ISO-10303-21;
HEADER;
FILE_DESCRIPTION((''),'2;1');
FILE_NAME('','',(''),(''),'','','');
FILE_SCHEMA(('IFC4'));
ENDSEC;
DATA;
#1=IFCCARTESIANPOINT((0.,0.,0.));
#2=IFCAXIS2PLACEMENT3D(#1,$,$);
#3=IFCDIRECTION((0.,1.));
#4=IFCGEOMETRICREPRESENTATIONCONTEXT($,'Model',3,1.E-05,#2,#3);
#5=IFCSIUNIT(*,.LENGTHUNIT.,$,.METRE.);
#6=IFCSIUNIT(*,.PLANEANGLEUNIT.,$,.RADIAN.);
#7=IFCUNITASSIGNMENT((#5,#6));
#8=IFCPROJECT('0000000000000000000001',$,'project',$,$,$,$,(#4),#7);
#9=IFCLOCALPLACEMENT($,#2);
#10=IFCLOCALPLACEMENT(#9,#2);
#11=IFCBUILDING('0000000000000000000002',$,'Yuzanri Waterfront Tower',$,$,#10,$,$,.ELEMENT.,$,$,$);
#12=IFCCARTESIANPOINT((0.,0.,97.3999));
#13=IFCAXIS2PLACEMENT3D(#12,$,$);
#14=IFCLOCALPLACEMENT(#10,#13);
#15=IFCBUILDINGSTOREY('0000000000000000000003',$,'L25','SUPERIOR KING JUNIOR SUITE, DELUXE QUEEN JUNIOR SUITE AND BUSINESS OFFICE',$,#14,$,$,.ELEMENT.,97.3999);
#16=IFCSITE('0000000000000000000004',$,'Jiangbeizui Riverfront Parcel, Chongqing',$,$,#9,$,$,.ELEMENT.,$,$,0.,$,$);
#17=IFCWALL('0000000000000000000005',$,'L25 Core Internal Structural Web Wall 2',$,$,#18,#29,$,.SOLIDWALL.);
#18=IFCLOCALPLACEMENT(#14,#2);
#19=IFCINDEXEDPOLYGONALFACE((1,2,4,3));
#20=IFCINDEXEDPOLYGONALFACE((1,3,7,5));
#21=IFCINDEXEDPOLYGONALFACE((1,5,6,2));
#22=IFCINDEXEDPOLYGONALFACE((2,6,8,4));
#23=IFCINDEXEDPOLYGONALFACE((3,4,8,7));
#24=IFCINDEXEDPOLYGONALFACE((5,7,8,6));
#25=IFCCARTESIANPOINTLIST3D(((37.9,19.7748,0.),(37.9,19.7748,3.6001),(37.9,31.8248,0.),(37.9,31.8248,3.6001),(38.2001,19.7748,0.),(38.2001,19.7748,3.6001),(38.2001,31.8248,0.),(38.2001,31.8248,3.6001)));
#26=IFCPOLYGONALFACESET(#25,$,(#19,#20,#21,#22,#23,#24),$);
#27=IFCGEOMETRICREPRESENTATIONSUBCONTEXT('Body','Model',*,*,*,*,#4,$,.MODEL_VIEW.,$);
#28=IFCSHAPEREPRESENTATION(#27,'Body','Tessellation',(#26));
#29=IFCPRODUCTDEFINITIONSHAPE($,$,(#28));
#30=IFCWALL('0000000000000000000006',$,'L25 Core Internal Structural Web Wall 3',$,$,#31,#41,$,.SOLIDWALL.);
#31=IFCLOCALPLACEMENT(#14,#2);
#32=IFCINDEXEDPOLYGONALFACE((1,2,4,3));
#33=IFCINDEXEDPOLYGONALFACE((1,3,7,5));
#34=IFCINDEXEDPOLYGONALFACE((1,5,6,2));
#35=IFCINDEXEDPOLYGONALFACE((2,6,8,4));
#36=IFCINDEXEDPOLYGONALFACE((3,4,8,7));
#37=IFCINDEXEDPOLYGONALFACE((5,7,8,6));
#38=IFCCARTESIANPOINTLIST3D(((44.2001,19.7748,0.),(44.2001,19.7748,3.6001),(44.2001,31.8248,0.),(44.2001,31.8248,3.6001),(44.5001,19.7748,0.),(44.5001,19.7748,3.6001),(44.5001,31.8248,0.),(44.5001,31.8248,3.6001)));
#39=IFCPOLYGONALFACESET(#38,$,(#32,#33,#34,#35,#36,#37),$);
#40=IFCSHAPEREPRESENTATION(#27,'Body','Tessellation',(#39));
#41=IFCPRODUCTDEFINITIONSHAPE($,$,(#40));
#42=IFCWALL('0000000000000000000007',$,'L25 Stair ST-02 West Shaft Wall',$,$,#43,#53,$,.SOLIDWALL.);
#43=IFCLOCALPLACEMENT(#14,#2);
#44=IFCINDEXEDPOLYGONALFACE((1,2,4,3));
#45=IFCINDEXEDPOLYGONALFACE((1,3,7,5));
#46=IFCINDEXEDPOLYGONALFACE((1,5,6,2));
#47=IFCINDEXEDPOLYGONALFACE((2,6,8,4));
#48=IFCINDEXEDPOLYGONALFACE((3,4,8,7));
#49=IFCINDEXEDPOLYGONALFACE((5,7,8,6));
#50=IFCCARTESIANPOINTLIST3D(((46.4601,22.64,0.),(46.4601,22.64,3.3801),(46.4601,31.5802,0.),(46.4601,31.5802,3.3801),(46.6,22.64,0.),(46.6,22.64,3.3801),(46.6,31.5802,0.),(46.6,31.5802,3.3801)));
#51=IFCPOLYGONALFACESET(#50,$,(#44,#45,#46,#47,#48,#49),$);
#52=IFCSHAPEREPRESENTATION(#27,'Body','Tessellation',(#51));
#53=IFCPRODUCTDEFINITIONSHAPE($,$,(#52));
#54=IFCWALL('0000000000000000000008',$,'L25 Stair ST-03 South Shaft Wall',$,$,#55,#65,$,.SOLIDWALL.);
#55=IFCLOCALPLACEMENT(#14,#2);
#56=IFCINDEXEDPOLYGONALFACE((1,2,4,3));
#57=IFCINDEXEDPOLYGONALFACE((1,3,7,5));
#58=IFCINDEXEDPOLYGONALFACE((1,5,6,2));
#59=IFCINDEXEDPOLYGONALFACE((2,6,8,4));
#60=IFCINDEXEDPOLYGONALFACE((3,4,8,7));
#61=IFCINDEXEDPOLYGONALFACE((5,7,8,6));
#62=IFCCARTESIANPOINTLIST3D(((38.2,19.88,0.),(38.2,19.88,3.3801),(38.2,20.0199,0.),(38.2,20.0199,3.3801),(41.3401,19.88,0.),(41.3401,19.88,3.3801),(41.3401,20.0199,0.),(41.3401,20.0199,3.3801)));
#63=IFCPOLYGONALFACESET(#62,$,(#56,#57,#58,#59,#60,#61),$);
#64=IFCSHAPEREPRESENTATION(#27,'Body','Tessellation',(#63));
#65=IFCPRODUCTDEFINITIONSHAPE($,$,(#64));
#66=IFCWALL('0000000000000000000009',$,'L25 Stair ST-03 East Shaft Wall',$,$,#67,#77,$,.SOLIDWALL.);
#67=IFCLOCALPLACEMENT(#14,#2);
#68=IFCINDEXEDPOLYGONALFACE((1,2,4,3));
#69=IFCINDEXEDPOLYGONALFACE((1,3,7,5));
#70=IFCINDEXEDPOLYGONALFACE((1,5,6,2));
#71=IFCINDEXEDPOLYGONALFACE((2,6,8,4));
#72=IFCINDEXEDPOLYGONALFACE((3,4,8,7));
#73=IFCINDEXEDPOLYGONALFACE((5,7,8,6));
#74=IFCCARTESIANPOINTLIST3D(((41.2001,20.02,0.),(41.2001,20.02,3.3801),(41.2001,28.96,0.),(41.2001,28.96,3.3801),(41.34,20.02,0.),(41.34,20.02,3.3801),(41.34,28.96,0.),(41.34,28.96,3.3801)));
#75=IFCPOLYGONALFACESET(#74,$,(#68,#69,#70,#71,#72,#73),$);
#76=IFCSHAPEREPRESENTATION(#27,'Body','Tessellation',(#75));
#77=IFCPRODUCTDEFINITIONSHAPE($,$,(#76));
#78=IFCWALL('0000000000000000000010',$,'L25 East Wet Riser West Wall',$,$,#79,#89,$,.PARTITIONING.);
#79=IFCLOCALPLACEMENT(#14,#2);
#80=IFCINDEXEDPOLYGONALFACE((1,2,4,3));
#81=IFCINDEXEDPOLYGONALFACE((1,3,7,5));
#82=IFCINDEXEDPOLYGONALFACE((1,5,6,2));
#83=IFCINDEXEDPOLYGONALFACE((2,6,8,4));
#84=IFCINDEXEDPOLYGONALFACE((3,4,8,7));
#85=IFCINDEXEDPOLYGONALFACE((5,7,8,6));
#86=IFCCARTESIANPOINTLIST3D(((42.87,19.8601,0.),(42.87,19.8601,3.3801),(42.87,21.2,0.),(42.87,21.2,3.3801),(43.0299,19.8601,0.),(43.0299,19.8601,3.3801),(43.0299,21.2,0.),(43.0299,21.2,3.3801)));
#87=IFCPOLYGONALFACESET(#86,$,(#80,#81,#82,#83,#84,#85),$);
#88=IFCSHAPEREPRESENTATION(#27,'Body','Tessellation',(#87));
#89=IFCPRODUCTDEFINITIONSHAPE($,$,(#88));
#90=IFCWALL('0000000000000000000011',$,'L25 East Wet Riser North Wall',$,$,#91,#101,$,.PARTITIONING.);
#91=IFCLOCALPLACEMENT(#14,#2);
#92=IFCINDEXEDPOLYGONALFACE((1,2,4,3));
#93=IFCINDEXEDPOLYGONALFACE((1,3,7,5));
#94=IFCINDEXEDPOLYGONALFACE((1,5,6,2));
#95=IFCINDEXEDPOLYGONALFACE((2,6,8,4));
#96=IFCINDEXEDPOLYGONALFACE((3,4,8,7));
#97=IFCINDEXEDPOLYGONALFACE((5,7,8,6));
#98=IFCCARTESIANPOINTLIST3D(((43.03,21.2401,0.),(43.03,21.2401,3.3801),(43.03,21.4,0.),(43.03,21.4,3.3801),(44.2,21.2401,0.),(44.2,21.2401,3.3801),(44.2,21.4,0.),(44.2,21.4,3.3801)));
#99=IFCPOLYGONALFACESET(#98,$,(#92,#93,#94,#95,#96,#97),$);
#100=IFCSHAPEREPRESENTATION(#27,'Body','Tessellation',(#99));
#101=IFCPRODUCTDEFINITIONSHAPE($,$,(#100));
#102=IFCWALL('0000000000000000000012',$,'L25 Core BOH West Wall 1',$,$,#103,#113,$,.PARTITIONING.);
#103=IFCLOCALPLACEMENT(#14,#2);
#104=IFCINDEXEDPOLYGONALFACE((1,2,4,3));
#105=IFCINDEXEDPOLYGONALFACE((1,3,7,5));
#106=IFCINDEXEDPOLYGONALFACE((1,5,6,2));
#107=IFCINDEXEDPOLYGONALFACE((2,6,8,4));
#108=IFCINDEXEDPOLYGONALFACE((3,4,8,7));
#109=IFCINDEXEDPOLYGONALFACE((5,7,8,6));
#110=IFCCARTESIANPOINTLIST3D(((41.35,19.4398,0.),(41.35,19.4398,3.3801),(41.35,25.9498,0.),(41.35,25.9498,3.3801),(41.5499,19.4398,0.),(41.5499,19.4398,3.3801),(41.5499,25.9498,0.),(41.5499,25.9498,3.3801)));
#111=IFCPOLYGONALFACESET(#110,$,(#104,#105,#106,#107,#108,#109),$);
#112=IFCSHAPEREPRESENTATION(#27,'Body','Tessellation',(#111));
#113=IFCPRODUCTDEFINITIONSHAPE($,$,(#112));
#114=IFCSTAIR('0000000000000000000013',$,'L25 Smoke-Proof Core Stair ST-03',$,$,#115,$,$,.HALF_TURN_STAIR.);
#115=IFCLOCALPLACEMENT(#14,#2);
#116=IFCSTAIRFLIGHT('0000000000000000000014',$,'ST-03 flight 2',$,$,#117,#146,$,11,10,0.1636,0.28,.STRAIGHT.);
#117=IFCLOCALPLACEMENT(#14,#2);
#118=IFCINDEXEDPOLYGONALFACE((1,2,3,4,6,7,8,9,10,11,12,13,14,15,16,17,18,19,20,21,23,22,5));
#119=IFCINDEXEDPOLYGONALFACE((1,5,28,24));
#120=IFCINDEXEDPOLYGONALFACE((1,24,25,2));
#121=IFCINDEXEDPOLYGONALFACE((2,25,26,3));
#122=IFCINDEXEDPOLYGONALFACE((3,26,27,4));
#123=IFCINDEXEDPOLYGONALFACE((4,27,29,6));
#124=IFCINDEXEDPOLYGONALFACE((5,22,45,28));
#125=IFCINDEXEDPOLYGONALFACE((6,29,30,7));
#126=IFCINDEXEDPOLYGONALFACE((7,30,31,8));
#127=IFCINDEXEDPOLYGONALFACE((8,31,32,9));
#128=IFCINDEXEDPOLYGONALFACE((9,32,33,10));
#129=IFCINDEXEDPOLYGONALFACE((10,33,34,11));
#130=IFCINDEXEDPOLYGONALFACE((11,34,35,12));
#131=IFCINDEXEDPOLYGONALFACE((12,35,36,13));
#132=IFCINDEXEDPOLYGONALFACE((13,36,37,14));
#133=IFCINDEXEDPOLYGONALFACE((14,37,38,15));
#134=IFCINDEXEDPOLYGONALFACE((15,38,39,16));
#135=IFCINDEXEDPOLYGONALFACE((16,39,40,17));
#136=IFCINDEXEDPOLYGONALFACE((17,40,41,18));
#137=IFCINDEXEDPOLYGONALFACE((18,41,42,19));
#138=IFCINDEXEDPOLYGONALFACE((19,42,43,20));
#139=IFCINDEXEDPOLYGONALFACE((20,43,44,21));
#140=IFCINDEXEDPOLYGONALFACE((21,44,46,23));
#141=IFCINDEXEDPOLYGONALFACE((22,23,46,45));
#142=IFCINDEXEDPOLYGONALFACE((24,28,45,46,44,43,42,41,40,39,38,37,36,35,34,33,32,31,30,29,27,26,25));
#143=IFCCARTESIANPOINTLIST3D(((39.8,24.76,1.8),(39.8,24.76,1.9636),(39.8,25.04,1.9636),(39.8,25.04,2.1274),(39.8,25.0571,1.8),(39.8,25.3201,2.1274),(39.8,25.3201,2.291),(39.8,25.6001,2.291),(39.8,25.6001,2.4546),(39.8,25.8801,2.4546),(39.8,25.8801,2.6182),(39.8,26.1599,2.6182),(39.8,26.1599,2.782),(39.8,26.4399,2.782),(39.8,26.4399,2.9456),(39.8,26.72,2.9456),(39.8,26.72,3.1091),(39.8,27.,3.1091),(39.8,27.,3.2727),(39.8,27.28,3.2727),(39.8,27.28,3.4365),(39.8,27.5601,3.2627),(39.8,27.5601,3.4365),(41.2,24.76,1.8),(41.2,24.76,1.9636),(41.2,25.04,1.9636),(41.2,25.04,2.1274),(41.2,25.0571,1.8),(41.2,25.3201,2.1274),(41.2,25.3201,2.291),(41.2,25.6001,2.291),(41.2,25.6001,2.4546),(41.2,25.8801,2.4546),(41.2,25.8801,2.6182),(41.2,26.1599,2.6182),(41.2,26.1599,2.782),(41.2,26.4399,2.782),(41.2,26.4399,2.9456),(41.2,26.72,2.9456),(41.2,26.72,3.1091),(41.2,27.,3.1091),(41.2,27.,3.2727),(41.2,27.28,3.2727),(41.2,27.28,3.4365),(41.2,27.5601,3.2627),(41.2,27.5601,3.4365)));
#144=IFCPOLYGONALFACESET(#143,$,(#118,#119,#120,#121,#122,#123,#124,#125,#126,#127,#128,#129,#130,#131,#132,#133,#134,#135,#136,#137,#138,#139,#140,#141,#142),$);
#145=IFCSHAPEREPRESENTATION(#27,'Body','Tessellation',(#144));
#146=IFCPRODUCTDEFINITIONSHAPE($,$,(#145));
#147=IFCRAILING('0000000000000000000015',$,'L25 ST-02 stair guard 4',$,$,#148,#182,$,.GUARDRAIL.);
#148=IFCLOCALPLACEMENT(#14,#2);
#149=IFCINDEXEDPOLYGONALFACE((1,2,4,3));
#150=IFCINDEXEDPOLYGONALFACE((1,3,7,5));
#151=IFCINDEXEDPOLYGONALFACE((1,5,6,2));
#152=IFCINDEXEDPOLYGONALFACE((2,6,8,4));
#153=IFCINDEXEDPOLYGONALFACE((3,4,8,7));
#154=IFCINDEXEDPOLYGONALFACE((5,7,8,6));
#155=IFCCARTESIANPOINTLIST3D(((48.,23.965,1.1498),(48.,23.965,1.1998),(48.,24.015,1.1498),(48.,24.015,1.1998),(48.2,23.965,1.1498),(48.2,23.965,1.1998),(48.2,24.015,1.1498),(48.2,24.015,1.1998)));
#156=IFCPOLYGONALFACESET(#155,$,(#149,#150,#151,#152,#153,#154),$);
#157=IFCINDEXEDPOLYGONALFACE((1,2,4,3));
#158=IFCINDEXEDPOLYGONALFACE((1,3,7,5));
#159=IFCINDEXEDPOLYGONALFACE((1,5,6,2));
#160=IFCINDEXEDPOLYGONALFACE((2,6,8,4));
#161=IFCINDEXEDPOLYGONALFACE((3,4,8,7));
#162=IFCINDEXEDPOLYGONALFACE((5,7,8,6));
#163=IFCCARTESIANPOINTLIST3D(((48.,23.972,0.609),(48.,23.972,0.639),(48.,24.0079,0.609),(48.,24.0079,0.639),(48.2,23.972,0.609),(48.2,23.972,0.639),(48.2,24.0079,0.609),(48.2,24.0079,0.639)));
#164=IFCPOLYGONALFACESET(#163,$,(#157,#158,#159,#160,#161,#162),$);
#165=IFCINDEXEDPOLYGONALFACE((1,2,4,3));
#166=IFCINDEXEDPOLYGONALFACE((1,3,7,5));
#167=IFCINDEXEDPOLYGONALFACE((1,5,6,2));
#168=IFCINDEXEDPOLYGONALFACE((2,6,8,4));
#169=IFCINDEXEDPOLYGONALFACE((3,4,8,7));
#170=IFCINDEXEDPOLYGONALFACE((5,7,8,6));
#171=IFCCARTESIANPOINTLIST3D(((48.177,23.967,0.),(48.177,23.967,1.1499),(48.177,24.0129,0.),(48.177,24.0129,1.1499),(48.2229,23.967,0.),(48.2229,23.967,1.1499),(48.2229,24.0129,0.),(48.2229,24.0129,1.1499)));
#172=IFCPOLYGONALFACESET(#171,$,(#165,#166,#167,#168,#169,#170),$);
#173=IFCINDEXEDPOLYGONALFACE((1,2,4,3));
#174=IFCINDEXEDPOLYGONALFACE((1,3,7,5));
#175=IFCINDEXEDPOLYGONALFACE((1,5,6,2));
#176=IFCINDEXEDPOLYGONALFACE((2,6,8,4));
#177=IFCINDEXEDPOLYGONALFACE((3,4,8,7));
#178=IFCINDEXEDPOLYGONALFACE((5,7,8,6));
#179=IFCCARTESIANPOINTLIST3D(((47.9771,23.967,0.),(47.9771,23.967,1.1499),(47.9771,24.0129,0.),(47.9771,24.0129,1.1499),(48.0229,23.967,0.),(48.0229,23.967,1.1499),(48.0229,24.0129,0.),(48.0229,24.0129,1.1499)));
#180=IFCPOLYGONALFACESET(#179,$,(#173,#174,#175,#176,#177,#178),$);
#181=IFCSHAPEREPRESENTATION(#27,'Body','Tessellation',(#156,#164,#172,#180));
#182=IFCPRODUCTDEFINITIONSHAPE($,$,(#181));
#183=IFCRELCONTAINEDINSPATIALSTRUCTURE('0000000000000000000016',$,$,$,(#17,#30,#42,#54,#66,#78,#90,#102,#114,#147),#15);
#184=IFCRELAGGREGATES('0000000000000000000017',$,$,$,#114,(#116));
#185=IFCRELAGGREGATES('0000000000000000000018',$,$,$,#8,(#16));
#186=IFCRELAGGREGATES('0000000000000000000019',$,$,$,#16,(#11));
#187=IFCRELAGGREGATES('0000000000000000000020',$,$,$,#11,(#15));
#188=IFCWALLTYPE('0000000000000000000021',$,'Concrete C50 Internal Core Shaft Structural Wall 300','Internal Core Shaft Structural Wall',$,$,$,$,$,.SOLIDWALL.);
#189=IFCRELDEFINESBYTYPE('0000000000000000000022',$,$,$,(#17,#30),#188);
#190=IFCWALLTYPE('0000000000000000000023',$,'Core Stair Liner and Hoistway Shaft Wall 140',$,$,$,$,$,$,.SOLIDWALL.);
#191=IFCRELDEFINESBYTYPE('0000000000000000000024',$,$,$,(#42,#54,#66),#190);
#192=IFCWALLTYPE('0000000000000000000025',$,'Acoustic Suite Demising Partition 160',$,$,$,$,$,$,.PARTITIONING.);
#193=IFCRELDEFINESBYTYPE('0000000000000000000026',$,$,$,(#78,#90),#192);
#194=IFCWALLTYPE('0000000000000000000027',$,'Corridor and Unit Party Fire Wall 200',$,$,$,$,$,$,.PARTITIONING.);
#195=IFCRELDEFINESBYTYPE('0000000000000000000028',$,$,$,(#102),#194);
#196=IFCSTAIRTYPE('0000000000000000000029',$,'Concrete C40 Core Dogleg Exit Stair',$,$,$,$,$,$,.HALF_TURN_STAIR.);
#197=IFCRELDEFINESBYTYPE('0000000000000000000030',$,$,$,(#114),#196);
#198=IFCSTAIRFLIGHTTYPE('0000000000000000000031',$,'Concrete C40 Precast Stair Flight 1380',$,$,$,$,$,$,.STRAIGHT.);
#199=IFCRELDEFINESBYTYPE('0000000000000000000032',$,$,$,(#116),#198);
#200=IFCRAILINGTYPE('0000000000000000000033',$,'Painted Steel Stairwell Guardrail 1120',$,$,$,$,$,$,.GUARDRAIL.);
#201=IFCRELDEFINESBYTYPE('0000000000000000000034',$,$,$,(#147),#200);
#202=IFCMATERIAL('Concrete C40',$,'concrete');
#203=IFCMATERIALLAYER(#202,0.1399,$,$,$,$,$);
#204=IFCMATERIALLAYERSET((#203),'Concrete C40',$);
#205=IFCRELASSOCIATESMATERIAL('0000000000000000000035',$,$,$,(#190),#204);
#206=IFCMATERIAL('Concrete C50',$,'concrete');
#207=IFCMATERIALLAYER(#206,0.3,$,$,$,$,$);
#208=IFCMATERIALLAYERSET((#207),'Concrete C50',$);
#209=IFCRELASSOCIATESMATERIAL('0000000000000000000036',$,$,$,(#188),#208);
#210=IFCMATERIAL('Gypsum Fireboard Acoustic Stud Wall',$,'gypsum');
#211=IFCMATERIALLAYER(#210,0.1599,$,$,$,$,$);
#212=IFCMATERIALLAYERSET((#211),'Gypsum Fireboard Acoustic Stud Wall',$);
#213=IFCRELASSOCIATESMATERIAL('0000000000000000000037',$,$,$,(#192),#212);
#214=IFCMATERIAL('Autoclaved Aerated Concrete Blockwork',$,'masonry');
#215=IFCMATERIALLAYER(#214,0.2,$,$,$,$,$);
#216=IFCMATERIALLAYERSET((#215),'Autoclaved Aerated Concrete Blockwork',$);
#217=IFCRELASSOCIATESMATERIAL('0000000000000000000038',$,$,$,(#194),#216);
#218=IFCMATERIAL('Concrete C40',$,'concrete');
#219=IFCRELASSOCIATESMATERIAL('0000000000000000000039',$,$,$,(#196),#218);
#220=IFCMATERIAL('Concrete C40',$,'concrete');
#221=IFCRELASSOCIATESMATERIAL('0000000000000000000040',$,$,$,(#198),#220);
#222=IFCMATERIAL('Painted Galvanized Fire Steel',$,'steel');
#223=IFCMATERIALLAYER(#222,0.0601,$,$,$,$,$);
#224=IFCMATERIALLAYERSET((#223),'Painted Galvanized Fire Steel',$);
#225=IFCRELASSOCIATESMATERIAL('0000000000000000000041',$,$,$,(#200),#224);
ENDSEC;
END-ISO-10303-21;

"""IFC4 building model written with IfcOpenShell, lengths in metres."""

from ifc_helpers import new_model, si_unit, direction, frame, frame_2d, origin, origin_2d, place, context, subcontext, project, spatial, polyline, rectangle, outline, extrude, source, transform, mapped, material, layer, layer_set, type_object, element, aggregate, save


model = new_model("IFC4")

# Units and contexts
model_context = context("Model", 3, precision=1e-05, world=origin(), true_north=direction((0.0, 1.0)))
body_context = subcontext(model_context, "Body", "Model", "MODEL_VIEW")
ifc_project = project(units=[si_unit("LENGTHUNIT", "METRE"), si_unit("PLANEANGLEUNIT", "RADIAN")], contexts=[model_context])

# Site, building, storey
site_placement = place(None, origin())
site = spatial("IfcSite", under=ifc_project, at=site_placement, Name="Jiangbeizui Riverfront Parcel, Chongqing", CompositionType="ELEMENT", RefElevation=0.0)
building_placement = place(site_placement, origin())
building = spatial("IfcBuilding", under=site, at=building_placement, Name="Yuzanri Waterfront Tower", CompositionType="ELEMENT")
storey_placement = place(building_placement, frame((0.0, 0.0, 97.3999)))
storey = spatial("IfcBuildingStorey", under=building, at=storey_placement, Name="L25", Description="SUPERIOR KING JUNIOR SUITE, DELUXE QUEEN JUNIOR SUITE AND BUSINESS OFFICE", CompositionType="ELEMENT", Elevation=97.3999)

# Shared definitions
ifc_material_1 = material(Name="Concrete C40", Category="concrete")
ifc_layer_1 = layer(ifc_material_1, 0.1399)
ifc_layer_set_1 = layer_set([ifc_layer_1], Name="Concrete C40")
wall_type_1 = type_object("IfcWallType", Name="Core Stair Liner and Hoistway Shaft Wall 140", PredefinedType="SOLIDWALL", material=ifc_layer_set_1)

# Walls
ifc_material_2 = material(Name="Concrete C50", Category="concrete")
ifc_layer_2 = layer(ifc_material_2, 0.3)
ifc_layer_set_2 = layer_set([ifc_layer_2], Name="Concrete C50")
wall_type_2 = type_object("IfcWallType", Name="Concrete C50 Internal Core Shaft Structural Wall 300", Description="Internal Core Shaft Structural Wall", PredefinedType="SOLIDWALL", material=ifc_layer_set_2)
shared_shape_1 = source(origin(), body_context, "Body", "SweptSolid", [
    extrude(rectangle(XDim=12.05, YDim=0.3, at=frame_2d((6.0249, 0.0))), origin(), (0.0, 0.0, 1.0), 3.6001),
])
for number, where, z_axis, x_axis, name in (
    (1, (38.05, 19.7749, 0.0), (0.0, 0.0, 1.0), (0.0, 1.0, 0.0), "L25 Core Internal Structural Web Wall 2"),
    (2, (44.3501, 19.7749, 0.0), (0.0, 0.0, 1.0), (0.0, 1.0, 0.0), "L25 Core Internal Structural Web Wall 3"),
):
    element("IfcWall", number, at=place(storey_placement, frame(where, z_axis=z_axis, x_axis=x_axis)), inside=storey, type_object=wall_type_2, Name=name, PredefinedType="SOLIDWALL", context=body_context, shape_type="MappedRepresentation", body=[
        mapped(shared_shape_1, transform((0.0, 0.0, 0.0), scale=1.0)),
    ])
shared_shape_2 = source(origin(), body_context, "Body", "SweptSolid", [
    extrude(rectangle(XDim=8.9402, YDim=0.1399, at=frame_2d((4.4702, 0.0))), origin(), (0.0, 0.0, 1.0), 3.3801),
])
wall_1_placement = place(storey_placement, frame((46.53, 22.6399, 0.0), z_axis=(0.0, 0.0, 1.0), x_axis=(0.0, 1.0, 0.0)))
element("IfcWall", 3, at=wall_1_placement, inside=storey, type_object=wall_type_1, Name="L25 Stair ST-02 West Shaft Wall", PredefinedType="SOLIDWALL", context=body_context, shape_type="MappedRepresentation", body=[
    mapped(shared_shape_2, transform((0.0, 0.0, 0.0), scale=1.0)),
])
shared_shape_3 = source(origin(), body_context, "Body", "SweptSolid", [
    extrude(rectangle(XDim=3.1401, YDim=0.1399, at=frame_2d((1.5701, 0.0))), origin(), (0.0, 0.0, 1.0), 3.3801),
])
wall_2_placement = place(storey_placement, frame((38.2, 19.95, 0.0), z_axis=(0.0, 0.0, 1.0), x_axis=(1.0, 0.0, 0.0)))
element("IfcWall", 4, at=wall_2_placement, inside=storey, type_object=wall_type_1, Name="L25 Stair ST-03 South Shaft Wall", PredefinedType="SOLIDWALL", context=body_context, shape_type="MappedRepresentation", body=[
    mapped(shared_shape_3, transform((0.0, 0.0, 0.0), scale=1.0)),
])
shared_shape_4 = source(origin(), body_context, "Body", "SweptSolid", [
    extrude(rectangle(XDim=8.9399, YDim=0.1399, at=frame_2d((4.47, 0.0))), origin(), (0.0, 0.0, 1.0), 3.3801),
])
wall_3_placement = place(storey_placement, frame((41.27, 20.02, 0.0), z_axis=(0.0, 0.0, 1.0), x_axis=(0.0, 1.0, 0.0)))
element("IfcWall", 5, at=wall_3_placement, inside=storey, type_object=wall_type_1, Name="L25 Stair ST-03 East Shaft Wall", PredefinedType="SOLIDWALL", context=body_context, shape_type="MappedRepresentation", body=[
    mapped(shared_shape_4, transform((0.0, 0.0, 0.0), scale=1.0)),
])
ifc_material_3 = material(Name="Gypsum Fireboard Acoustic Stud Wall", Category="gypsum")
ifc_layer_3 = layer(ifc_material_3, 0.1599)
ifc_layer_set_3 = layer_set([ifc_layer_3], Name="Gypsum Fireboard Acoustic Stud Wall")
wall_type_3 = type_object("IfcWallType", Name="Acoustic Suite Demising Partition 160", PredefinedType="PARTITIONING", material=ifc_layer_set_3)
shared_shape_5 = source(origin(), body_context, "Body", "SweptSolid", [
    extrude(rectangle(XDim=1.3398, YDim=0.1599, at=frame_2d((0.6699, 0.0))), origin(), (0.0, 0.0, 1.0), 3.3801),
])
wall_4_placement = place(storey_placement, frame((42.95, 19.8601, 0.0), z_axis=(0.0, 0.0, 1.0), x_axis=(0.0, 1.0, 0.0)))
element("IfcWall", 6, at=wall_4_placement, inside=storey, type_object=wall_type_3, Name="L25 East Wet Riser West Wall", PredefinedType="PARTITIONING", context=body_context, shape_type="MappedRepresentation", body=[
    mapped(shared_shape_5, transform((0.0, 0.0, 0.0), scale=1.0)),
])
shared_shape_6 = source(origin(), body_context, "Body", "SweptSolid", [
    extrude(rectangle(XDim=1.1699, YDim=0.1599, at=frame_2d((0.585, 0.0))), origin(), (0.0, 0.0, 1.0), 3.3801),
])
wall_5_placement = place(storey_placement, frame((43.03, 21.3201, 0.0), z_axis=(0.0, 0.0, 1.0), x_axis=(1.0, 0.0, 0.0)))
element("IfcWall", 7, at=wall_5_placement, inside=storey, type_object=wall_type_3, Name="L25 East Wet Riser North Wall", PredefinedType="PARTITIONING", context=body_context, shape_type="MappedRepresentation", body=[
    mapped(shared_shape_6, transform((0.0, 0.0, 0.0), scale=1.0)),
])
ifc_material_4 = material(Name="Autoclaved Aerated Concrete Blockwork", Category="masonry")
ifc_layer_4 = layer(ifc_material_4, 0.2)
ifc_layer_set_4 = layer_set([ifc_layer_4], Name="Autoclaved Aerated Concrete Blockwork")
wall_type_4 = type_object("IfcWallType", Name="Corridor and Unit Party Fire Wall 200", PredefinedType="PARTITIONING", material=ifc_layer_set_4)
shared_shape_7 = source(origin(), body_context, "Body", "SweptSolid", [
    extrude(rectangle(XDim=6.51, YDim=0.2, at=frame_2d((3.2549, 0.0))), origin(), (0.0, 0.0, 1.0), 3.3801),
])
wall_6_placement = place(storey_placement, frame((41.45, 19.4399, 0.0), z_axis=(0.0, 0.0, 1.0), x_axis=(0.0, 1.0, 0.0)))
element("IfcWall", 8, at=wall_6_placement, inside=storey, type_object=wall_type_4, Name="L25 Core BOH West Wall 1", PredefinedType="PARTITIONING", context=body_context, shape_type="MappedRepresentation", body=[
    mapped(shared_shape_7, transform((0.0, 0.0, 0.0), scale=1.0)),
])

# Stair, stair flight
ifc_material_5 = material(Name="Concrete C40", Category="concrete")
stair_type = type_object("IfcStairType", Name="Concrete C40 Core Dogleg Exit Stair", PredefinedType="HALF_TURN_STAIR", material=ifc_material_5)
stair_placement = place(storey_placement, origin())
stair = element("IfcStair", 9, at=stair_placement, inside=storey, type_object=stair_type, Name="L25 Smoke-Proof Core Stair ST-03", PredefinedType="HALF_TURN_STAIR")
ifc_material_6 = material(Name="Concrete C40", Category="concrete")
stair_flight_type = type_object("IfcStairFlightType", Name="Concrete C40 Precast Stair Flight 1380", PredefinedType="STRAIGHT", material=ifc_material_6)
shared_shape_8 = source(origin(), body_context, "Body", "SweptSolid", [
    extrude(outline(polyline([(0.0, 0.0), (0.0, 0.1636), (0.28, 0.1636), (0.28, 0.3274), (0.5601, 0.3274), (0.5601, 0.491), (0.8401, 0.491), (0.8401, 0.6545), (1.1201, 0.6545), (1.1201, 0.8181), (1.3999, 0.8181), (1.3999, 0.9819), (1.6799, 0.9819), (1.6799, 1.1455), (1.96, 1.1455), (1.96, 1.3091), (2.24, 1.3091), (2.24, 1.4727), (2.52, 1.4727), (2.52, 1.6365), (2.8, 1.6365), (2.8, 1.8), (2.8, 1.4626), (0.2971, 0.0), (0.0, 0.0)])), frame((0.0, 0.7, 0.0), z_axis=(0.0, -1.0, 0.0), x_axis=(1.0, 0.0, 0.0)), (0.0, 0.0, 1.0), 1.3999),
])
stair_flight_placement = place(storey_placement, frame((40.5, 24.76, 1.8), z_axis=(0.0, 0.0, 1.0), x_axis=(0.0, 1.0, 0.0)))
stair_flight = element("IfcStairFlight", 10, at=stair_flight_placement, type_object=stair_flight_type, Name="ST-03 flight 2", NumberOfRisers=11, NumberOfTreads=10, PredefinedType="STRAIGHT", RiserHeight=0.1636, TreadLength=0.28, context=body_context, shape_type="MappedRepresentation", body=[
    mapped(shared_shape_8, transform((0.0, 0.0, 0.0), scale=1.0)),
])
aggregate(stair, [stair_flight])

# Railing
ifc_material_7 = material(Name="Painted Galvanized Fire Steel", Category="steel")
ifc_layer_5 = layer(ifc_material_7, 0.0601)
ifc_layer_set_5 = layer_set([ifc_layer_5], Name="Painted Galvanized Fire Steel")
railing_type_1 = type_object("IfcRailingType", Name="Painted Steel Stairwell Guardrail 1120", PredefinedType="GUARDRAIL", material=ifc_layer_set_5)
shared_shape_9 = source(origin(), body_context, "Body", "SweptSolid", [
    extrude(rectangle(XDim=0.05, YDim=0.05, at=origin_2d()), frame((0.0, 0.0, 1.1748), z_axis=(-1.0, 0.0, 0.0), x_axis=(0.0, -1.0, 0.0)), (0.0, 0.0, 1.0), 0.2),
    extrude(rectangle(XDim=0.0359, YDim=0.03, at=origin_2d()), frame((0.0, 0.0, 0.624), z_axis=(-1.0, 0.0, 0.0), x_axis=(0.0, -1.0, 0.0)), (0.0, 0.0, 1.0), 0.2),
    extrude(rectangle(XDim=0.0459, YDim=0.0459, at=origin_2d()), origin(), (0.0, 0.0, 1.0), 1.1499),
    extrude(rectangle(XDim=0.0459, YDim=0.0459, at=origin_2d()), frame((-0.2, 0.0, 0.0)), (0.0, 0.0, 1.0), 1.1499),
])
railing_1_placement = place(storey_placement, frame((48.2, 23.99, 0.0)))
element("IfcRailing", 11, at=railing_1_placement, inside=storey, type_object=railing_type_1, Name="L25 ST-02 stair guard 4", PredefinedType="GUARDRAIL", context=body_context, shape_type="MappedRepresentation", body=[
    mapped(shared_shape_9, transform((0.0, 0.0, 0.0), scale=1.0)),
])

save(model, "model.ifc")
